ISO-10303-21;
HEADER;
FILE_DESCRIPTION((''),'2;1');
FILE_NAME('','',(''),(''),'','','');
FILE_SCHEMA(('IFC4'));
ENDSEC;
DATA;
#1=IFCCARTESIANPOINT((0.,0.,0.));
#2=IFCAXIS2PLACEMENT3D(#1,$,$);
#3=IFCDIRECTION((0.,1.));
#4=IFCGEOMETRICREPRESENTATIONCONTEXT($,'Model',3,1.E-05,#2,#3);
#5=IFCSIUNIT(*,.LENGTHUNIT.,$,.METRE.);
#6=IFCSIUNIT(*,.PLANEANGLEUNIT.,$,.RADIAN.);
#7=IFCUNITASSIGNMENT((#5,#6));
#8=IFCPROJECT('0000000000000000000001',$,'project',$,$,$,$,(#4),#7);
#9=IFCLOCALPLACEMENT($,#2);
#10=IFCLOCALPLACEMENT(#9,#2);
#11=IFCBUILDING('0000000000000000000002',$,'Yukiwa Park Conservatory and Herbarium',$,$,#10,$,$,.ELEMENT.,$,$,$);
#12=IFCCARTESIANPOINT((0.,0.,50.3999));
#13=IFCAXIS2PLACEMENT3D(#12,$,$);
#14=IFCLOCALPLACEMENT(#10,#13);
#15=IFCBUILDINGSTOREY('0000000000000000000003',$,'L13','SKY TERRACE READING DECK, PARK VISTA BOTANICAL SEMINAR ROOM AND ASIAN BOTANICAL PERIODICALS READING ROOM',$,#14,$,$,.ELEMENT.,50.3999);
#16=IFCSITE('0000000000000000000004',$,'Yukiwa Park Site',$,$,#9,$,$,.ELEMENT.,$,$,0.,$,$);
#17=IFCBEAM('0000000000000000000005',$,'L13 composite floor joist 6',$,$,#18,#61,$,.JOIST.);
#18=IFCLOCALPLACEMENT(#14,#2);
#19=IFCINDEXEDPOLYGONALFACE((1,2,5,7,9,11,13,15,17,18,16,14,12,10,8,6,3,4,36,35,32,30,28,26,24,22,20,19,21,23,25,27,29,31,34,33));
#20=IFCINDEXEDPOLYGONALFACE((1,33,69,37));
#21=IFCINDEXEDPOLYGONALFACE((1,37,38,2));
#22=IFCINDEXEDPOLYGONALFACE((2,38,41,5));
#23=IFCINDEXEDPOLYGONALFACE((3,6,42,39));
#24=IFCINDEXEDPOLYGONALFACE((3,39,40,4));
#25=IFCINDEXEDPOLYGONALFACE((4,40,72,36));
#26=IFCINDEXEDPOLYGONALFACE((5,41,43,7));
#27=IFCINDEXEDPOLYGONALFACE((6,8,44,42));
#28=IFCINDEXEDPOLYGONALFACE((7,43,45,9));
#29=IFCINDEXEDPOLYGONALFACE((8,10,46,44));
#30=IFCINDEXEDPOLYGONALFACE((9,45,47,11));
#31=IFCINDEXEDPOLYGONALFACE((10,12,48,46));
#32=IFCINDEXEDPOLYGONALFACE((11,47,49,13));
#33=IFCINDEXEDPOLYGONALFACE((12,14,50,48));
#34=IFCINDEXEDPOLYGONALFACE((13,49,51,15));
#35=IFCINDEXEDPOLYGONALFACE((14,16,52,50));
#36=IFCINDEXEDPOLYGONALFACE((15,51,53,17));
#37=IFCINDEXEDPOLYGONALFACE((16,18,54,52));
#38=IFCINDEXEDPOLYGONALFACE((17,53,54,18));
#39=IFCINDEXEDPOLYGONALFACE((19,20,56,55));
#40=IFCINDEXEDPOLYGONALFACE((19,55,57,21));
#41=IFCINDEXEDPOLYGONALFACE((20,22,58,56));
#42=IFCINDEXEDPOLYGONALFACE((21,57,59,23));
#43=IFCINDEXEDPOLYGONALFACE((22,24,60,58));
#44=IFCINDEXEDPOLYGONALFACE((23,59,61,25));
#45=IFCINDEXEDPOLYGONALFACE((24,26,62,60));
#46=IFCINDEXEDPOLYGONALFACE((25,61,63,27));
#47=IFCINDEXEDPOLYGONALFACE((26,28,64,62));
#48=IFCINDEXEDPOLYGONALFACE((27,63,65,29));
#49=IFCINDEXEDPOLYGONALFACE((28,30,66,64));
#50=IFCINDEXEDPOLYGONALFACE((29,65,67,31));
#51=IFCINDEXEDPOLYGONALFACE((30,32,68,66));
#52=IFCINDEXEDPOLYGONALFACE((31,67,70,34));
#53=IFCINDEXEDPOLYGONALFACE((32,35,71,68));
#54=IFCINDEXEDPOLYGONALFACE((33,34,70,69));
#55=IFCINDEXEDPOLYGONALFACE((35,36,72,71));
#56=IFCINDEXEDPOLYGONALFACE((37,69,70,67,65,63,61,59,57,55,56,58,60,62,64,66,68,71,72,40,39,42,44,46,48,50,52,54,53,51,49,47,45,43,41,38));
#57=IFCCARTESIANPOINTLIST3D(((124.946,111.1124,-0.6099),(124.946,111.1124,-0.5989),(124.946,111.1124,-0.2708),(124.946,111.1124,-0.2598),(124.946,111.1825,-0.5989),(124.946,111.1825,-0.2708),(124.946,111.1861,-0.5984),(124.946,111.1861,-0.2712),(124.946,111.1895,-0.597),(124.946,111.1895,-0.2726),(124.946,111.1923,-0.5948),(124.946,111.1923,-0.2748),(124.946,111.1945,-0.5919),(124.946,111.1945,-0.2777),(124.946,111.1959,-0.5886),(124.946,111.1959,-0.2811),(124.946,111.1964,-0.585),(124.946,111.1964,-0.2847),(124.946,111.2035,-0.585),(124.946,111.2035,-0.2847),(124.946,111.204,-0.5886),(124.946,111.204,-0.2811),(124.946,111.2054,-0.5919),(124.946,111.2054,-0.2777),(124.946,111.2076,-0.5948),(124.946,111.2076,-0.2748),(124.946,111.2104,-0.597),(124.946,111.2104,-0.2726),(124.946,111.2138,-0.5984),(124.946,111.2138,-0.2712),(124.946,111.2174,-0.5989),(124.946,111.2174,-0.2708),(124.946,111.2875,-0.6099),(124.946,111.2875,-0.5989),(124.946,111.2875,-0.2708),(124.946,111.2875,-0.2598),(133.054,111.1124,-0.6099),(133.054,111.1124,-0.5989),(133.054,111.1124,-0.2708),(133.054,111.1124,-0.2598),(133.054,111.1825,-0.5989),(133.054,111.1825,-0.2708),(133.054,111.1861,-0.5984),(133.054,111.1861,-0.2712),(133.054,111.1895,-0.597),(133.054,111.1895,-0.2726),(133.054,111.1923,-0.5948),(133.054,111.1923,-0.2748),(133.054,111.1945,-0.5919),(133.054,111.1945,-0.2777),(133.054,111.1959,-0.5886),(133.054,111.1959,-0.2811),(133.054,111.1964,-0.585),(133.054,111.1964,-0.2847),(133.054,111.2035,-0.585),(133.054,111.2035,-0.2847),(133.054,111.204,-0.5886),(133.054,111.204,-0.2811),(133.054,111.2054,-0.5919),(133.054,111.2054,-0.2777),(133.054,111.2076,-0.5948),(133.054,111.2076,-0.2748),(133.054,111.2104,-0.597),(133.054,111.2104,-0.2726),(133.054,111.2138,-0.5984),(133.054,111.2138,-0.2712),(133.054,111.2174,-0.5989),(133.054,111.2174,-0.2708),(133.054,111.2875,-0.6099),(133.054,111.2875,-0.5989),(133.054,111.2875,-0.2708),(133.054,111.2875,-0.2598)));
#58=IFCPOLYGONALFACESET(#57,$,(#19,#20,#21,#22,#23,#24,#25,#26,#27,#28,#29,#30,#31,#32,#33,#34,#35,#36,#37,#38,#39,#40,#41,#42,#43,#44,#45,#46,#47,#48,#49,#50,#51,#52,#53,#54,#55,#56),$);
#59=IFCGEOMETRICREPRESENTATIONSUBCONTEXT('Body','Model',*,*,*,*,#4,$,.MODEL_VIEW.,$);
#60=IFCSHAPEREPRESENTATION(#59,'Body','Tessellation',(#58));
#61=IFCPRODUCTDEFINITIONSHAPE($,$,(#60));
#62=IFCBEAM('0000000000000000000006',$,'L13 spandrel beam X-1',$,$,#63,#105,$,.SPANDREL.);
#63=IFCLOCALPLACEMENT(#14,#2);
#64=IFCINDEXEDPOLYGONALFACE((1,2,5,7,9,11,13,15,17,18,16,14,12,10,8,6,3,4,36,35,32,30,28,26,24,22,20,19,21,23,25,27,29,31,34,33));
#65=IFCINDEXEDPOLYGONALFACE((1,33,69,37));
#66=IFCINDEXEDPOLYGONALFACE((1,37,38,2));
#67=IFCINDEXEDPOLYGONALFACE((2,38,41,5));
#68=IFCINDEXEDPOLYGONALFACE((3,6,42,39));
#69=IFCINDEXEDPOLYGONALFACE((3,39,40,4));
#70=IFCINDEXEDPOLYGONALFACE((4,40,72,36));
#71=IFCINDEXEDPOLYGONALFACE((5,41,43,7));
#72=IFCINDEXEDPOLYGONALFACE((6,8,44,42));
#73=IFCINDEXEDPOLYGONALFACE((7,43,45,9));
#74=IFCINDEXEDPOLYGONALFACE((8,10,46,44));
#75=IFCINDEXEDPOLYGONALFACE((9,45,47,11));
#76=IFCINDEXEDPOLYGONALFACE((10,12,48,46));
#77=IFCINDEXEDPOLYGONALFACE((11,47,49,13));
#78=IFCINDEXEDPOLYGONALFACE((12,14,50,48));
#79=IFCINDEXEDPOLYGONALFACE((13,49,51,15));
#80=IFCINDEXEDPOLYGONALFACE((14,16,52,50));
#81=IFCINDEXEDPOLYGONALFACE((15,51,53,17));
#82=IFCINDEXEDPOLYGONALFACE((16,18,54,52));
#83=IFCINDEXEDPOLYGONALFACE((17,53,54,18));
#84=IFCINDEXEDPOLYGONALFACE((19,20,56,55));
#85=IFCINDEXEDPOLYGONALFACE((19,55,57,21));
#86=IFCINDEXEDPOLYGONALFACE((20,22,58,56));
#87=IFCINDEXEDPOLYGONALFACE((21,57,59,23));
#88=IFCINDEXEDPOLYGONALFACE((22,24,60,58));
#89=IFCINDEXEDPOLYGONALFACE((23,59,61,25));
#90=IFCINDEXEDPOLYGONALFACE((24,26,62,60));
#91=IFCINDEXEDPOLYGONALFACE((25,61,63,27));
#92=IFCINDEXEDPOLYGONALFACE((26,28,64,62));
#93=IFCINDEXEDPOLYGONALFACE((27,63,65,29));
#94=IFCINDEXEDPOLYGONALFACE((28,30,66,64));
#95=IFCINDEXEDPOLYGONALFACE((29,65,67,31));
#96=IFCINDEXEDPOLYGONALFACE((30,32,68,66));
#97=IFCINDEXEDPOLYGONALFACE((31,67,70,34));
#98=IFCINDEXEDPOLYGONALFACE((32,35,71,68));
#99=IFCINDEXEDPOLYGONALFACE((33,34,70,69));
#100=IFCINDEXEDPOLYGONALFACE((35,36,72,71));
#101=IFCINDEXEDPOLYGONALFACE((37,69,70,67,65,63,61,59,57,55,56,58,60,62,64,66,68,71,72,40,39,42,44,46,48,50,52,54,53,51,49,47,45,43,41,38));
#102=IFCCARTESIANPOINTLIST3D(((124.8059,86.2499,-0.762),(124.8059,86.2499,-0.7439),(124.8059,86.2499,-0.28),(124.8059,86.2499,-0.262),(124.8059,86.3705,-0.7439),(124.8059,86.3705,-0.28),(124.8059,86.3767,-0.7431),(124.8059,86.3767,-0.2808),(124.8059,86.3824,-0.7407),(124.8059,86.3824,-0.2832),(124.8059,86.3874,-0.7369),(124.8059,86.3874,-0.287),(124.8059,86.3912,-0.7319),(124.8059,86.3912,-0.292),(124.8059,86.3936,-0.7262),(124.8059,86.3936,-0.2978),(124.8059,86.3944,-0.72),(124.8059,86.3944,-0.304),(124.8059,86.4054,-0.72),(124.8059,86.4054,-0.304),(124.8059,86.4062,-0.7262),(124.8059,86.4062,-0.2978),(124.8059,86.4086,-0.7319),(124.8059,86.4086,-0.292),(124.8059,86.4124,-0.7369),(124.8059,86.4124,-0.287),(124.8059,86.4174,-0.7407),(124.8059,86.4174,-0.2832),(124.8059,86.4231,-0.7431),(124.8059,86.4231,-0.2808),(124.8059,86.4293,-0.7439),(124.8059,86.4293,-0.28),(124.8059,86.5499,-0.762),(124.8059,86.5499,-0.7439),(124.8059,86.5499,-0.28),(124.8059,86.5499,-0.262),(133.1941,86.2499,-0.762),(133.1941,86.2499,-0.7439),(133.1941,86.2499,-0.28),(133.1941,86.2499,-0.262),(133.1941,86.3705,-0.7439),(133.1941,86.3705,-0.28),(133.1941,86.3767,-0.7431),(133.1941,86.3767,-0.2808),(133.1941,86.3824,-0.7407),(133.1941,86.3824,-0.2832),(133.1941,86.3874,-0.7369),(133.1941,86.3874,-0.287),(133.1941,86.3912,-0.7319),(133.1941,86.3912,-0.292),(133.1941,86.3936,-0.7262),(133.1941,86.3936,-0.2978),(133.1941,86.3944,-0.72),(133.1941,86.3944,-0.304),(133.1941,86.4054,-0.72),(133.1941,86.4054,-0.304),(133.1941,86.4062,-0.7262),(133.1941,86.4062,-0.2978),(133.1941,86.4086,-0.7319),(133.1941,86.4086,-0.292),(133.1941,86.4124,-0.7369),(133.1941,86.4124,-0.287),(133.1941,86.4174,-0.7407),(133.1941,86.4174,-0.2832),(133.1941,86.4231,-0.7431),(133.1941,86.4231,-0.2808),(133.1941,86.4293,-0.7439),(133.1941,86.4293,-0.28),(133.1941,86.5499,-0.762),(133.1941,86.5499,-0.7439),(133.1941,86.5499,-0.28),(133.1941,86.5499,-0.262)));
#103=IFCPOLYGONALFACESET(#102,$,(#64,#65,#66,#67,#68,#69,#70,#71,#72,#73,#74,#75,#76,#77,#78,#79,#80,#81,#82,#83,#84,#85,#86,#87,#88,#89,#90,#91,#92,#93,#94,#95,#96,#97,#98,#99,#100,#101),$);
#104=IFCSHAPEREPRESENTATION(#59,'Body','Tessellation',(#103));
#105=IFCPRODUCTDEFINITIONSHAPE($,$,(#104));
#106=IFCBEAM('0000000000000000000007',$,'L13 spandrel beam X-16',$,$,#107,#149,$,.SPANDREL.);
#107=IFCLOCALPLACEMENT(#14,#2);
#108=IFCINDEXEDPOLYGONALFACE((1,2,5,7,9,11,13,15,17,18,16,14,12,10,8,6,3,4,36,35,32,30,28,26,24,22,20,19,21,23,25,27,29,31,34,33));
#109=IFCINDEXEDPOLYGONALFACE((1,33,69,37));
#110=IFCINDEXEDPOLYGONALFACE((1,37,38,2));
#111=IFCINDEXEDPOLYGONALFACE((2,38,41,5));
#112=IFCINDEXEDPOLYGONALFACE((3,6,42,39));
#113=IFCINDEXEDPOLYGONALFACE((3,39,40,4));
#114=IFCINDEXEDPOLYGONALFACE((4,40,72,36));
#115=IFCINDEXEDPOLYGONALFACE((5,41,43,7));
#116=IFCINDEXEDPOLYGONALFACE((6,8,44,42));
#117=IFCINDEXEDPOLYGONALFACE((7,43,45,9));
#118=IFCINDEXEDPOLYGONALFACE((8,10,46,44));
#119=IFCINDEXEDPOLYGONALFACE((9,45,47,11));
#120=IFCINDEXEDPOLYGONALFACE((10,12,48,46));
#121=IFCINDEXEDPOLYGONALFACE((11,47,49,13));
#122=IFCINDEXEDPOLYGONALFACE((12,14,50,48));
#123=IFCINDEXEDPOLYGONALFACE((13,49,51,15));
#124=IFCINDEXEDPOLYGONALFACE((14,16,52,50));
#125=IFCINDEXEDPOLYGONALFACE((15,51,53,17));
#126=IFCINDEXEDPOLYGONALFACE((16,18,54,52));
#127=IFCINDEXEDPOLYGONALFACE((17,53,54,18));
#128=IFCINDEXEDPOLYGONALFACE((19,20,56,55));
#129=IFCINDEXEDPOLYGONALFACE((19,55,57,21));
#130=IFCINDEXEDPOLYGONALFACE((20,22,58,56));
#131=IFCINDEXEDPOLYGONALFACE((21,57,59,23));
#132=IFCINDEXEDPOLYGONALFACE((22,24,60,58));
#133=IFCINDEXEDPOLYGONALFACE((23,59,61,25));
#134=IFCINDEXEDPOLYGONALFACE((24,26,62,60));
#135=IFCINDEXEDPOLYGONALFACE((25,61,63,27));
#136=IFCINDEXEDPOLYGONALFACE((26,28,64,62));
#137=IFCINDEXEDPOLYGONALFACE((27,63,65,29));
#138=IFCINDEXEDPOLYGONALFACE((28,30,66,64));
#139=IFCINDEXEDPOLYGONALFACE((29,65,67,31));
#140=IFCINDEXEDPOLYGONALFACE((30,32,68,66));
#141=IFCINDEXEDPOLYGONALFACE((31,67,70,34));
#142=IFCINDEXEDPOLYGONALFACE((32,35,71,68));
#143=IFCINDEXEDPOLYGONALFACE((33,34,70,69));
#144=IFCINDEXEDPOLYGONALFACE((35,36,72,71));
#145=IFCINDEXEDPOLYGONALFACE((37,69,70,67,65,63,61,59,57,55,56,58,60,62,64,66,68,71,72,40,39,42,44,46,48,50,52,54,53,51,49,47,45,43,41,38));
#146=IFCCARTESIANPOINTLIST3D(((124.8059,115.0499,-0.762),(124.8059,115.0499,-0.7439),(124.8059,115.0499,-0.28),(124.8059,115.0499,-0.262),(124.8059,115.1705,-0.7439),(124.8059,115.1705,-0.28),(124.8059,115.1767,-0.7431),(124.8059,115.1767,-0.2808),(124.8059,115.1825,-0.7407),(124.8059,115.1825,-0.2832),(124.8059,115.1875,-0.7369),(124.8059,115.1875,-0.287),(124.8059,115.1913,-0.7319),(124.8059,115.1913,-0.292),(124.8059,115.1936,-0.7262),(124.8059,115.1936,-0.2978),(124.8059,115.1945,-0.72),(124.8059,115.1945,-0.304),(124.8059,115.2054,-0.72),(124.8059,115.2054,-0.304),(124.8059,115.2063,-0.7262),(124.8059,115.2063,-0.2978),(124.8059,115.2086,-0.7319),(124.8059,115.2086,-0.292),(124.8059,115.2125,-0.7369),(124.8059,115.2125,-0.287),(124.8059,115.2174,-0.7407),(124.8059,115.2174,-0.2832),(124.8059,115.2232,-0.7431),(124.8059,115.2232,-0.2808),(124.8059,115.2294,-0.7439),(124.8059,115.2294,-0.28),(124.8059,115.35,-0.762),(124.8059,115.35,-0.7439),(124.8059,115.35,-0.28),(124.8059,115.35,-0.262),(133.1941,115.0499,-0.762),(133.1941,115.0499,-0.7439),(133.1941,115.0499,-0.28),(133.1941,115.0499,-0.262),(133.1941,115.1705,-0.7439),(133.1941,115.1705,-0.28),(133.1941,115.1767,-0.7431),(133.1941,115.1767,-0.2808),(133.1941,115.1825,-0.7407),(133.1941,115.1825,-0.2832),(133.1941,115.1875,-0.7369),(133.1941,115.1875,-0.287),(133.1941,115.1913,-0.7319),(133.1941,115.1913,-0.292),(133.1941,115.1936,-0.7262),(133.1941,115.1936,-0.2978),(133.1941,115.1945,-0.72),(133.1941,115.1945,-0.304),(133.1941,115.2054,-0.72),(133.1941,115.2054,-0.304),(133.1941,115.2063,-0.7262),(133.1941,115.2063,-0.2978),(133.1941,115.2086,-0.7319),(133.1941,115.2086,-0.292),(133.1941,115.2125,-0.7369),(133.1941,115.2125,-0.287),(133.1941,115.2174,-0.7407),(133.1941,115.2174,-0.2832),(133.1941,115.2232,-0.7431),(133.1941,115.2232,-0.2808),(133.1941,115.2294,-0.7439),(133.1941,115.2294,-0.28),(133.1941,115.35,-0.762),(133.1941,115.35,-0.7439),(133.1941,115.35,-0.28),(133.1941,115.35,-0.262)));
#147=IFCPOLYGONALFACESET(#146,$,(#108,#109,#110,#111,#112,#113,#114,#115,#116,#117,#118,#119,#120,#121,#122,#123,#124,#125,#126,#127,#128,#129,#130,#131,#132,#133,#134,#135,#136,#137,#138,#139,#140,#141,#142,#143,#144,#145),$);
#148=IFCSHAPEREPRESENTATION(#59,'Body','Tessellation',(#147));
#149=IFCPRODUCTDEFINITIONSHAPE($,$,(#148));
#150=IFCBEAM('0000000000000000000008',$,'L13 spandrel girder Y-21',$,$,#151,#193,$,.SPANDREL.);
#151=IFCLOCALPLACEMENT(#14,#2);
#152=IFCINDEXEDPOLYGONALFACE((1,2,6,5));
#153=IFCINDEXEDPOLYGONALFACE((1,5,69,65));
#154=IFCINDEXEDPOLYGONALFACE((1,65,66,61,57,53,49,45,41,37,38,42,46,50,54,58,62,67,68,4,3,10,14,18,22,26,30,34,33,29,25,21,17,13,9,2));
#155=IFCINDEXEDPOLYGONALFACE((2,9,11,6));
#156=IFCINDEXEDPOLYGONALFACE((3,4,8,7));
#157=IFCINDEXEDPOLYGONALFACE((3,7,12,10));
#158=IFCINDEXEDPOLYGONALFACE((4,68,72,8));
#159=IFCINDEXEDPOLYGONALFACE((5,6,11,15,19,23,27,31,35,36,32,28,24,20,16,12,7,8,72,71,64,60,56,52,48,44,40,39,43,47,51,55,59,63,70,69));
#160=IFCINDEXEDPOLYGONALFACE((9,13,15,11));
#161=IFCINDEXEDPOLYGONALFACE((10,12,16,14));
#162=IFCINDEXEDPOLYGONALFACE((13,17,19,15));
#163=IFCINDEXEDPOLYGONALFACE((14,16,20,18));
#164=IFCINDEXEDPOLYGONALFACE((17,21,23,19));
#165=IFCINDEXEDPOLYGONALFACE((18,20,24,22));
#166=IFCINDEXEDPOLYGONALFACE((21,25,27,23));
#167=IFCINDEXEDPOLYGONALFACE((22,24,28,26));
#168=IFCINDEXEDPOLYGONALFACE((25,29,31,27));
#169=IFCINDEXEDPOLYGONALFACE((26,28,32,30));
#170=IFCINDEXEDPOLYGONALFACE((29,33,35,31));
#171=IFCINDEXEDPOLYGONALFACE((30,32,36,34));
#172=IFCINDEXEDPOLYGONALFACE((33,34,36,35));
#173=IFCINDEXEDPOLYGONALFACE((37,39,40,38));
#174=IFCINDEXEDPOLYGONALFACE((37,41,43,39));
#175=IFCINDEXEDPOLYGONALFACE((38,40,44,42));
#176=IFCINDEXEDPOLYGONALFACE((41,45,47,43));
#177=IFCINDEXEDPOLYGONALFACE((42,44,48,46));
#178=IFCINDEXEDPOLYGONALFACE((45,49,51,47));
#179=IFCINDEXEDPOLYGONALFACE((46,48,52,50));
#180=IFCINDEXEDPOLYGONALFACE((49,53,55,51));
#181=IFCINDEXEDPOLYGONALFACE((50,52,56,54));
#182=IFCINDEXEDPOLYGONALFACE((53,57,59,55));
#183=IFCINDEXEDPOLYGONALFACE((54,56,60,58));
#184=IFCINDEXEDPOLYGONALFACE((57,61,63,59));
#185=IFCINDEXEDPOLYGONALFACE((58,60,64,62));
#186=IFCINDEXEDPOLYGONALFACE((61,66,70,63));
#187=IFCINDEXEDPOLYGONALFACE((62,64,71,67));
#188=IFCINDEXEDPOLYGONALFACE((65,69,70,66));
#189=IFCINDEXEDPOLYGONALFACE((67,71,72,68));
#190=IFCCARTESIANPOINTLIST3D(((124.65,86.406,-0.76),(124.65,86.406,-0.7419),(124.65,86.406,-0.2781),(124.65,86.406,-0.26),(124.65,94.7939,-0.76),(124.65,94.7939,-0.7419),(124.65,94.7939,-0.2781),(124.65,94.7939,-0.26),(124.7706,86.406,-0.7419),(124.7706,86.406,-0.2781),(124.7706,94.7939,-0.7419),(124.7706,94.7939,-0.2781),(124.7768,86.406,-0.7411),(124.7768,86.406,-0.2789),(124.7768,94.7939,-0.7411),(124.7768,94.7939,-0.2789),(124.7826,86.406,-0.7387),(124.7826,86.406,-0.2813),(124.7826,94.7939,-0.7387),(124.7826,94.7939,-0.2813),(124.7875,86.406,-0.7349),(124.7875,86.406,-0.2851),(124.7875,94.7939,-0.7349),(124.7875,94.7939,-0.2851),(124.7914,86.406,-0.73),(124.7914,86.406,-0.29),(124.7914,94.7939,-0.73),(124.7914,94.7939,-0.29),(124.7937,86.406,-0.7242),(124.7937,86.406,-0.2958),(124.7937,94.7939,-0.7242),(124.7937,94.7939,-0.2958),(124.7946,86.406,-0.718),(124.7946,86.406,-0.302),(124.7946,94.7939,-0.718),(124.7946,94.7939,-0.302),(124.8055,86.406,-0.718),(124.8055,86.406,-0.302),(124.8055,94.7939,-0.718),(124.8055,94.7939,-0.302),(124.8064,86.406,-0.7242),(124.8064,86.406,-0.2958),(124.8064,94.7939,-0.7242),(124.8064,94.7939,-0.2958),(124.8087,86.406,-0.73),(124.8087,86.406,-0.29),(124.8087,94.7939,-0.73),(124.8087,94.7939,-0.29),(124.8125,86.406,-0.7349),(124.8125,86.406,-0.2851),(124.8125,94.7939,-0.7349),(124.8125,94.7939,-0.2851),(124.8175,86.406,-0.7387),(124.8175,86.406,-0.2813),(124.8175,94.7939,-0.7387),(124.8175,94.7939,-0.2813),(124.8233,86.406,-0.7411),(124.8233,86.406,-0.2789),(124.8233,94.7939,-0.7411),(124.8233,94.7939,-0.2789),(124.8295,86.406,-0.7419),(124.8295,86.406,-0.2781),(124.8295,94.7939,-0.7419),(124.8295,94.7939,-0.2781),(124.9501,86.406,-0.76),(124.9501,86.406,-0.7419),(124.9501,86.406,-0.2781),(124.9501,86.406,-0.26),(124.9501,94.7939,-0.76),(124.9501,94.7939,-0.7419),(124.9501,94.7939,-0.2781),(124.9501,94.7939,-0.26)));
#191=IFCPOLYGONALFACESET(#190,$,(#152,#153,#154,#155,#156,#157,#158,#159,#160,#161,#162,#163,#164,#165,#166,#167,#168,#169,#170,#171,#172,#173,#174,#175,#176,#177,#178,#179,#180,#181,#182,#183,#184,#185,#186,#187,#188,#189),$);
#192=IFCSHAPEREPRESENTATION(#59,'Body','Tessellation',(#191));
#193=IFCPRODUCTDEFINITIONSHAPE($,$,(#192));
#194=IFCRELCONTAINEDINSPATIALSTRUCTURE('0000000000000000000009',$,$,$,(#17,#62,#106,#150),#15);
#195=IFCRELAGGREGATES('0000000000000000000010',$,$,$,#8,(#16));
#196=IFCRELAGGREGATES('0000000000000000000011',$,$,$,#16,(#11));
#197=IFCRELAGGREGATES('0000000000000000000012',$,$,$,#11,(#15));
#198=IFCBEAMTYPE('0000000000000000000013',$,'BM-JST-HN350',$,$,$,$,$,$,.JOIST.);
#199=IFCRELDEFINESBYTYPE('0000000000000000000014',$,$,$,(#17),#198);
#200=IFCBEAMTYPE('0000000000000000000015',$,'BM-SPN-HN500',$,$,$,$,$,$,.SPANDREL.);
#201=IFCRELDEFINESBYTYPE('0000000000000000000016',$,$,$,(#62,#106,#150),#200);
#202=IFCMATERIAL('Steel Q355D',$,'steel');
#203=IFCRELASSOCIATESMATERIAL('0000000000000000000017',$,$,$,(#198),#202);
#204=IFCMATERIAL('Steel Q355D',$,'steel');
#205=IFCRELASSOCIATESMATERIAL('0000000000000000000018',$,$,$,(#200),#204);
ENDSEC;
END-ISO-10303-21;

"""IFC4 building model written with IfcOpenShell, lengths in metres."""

from ifc_helpers import new_model, si_unit, direction, frame, origin, origin_2d, place, context, subcontext, project, spatial, i_section, extrude, material, material_profile, profile_set, type_object, element, save


model = new_model("IFC4")

# Units and contexts
model_context = context("Model", 3, precision=1e-05, world=origin(), true_north=direction((0.0, 1.0)))
body_context = subcontext(model_context, "Body", "Model", "MODEL_VIEW")
ifc_project = project(units=[si_unit("LENGTHUNIT", "METRE"), si_unit("PLANEANGLEUNIT", "RADIAN")], contexts=[model_context])

# Site, building, storey
site_placement = place(None, origin())
site = spatial("IfcSite", under=ifc_project, at=site_placement, Name="Yukiwa Park Site", CompositionType="ELEMENT", RefElevation=0.0)
building_placement = place(site_placement, origin())
building = spatial("IfcBuilding", under=site, at=building_placement, Name="Yukiwa Park Conservatory and Herbarium", CompositionType="ELEMENT")
storey_placement = place(building_placement, frame((0.0, 0.0, 50.3999)))
storey = spatial("IfcBuildingStorey", under=building, at=storey_placement, Name="L13", Description="SKY TERRACE READING DECK, PARK VISTA BOTANICAL SEMINAR ROOM AND ASIAN BOTANICAL PERIODICALS READING ROOM", CompositionType="ELEMENT", Elevation=50.3999)

# Beams
ifc_material_1 = material(Name="Steel Q355D", Category="steel")
ifc_material_profile_1 = material_profile(ifc_material_1, i_section(OverallWidth=0.175, OverallDepth=0.3501, WebThickness=0.0071, FlangeThickness=0.011, FilletRadius=0.0139, at=origin_2d()), Name="HN 350x175x7x11")
ifc_profile_set_1 = profile_set([ifc_material_profile_1], Name="Steel Q355D")
beam_type_1 = type_object("IfcBeamType", Name="BM-JST-HN350", PredefinedType="JOIST", material=ifc_profile_set_1)
for number, where, z_axis, x_axis, name in (
    (1, (124.946, 111.2, -0.4348), (1.0, 0.0, 0.0), (0.0, 1.0, 0.0), "L13 composite floor joist 6"),
):
    element("IfcBeam", number, at=place(storey_placement, frame(where, z_axis=z_axis, x_axis=x_axis)), inside=storey, type_object=beam_type_1, Name=name, PredefinedType="JOIST", context=body_context, shape_type="SweptSolid", body=[
        extrude(i_section(OverallWidth=0.175, OverallDepth=0.3501, WebThickness=0.0071, FlangeThickness=0.011, FilletRadius=0.0139, at=origin_2d()), origin(), (0.0, 0.0, 1.0), 8.1079),
    ])
ifc_material_2 = material(Name="Steel Q355D", Category="steel")
ifc_material_profile_2 = material_profile(ifc_material_2, i_section(OverallWidth=0.3, OverallDepth=0.5, WebThickness=0.011, FlangeThickness=0.0181, FilletRadius=0.0239, at=origin_2d()), Name="HM 500x300x11x18")
ifc_profile_set_2 = profile_set([ifc_material_profile_2], Name="Steel Q355D")
beam_type_2 = type_object("IfcBeamType", Name="BM-SPN-HN500", PredefinedType="SPANDREL", material=ifc_profile_set_2)
for number, where, z_axis, x_axis, name in (
    (2, (124.8059, 86.3999, -0.512), (1.0, 0.0, 0.0), (0.0, 1.0, 0.0), "L13 spandrel beam X-1"),
    (3, (124.8059, 115.2, -0.512), (1.0, 0.0, 0.0), (0.0, 1.0, 0.0), "L13 spandrel beam X-16"),
):
    element("IfcBeam", number, at=place(storey_placement, frame(where, z_axis=z_axis, x_axis=x_axis)), inside=storey, type_object=beam_type_2, Name=name, PredefinedType="SPANDREL", context=body_context, shape_type="SweptSolid", body=[
        extrude(i_section(OverallWidth=0.3, OverallDepth=0.5, WebThickness=0.011, FlangeThickness=0.0181, FilletRadius=0.0239, at=origin_2d()), origin(), (0.0, 0.0, 1.0), 8.3882),
    ])
beam_1_placement = place(storey_placement, frame((124.8, 86.406, -0.51), z_axis=(0.0, 1.0, 0.0), x_axis=(-1.0, 0.0, 0.0)))
element("IfcBeam", 4, at=beam_1_placement, inside=storey, type_object=beam_type_2, Name="L13 spandrel girder Y-21", PredefinedType="SPANDREL", context=body_context, shape_type="SweptSolid", body=[
    extrude(i_section(OverallWidth=0.3, OverallDepth=0.5, WebThickness=0.011, FlangeThickness=0.0181, FilletRadius=0.0239, at=origin_2d()), origin(), (0.0, 0.0, 1.0), 8.3879),
])

save(model, "model.ifc")
